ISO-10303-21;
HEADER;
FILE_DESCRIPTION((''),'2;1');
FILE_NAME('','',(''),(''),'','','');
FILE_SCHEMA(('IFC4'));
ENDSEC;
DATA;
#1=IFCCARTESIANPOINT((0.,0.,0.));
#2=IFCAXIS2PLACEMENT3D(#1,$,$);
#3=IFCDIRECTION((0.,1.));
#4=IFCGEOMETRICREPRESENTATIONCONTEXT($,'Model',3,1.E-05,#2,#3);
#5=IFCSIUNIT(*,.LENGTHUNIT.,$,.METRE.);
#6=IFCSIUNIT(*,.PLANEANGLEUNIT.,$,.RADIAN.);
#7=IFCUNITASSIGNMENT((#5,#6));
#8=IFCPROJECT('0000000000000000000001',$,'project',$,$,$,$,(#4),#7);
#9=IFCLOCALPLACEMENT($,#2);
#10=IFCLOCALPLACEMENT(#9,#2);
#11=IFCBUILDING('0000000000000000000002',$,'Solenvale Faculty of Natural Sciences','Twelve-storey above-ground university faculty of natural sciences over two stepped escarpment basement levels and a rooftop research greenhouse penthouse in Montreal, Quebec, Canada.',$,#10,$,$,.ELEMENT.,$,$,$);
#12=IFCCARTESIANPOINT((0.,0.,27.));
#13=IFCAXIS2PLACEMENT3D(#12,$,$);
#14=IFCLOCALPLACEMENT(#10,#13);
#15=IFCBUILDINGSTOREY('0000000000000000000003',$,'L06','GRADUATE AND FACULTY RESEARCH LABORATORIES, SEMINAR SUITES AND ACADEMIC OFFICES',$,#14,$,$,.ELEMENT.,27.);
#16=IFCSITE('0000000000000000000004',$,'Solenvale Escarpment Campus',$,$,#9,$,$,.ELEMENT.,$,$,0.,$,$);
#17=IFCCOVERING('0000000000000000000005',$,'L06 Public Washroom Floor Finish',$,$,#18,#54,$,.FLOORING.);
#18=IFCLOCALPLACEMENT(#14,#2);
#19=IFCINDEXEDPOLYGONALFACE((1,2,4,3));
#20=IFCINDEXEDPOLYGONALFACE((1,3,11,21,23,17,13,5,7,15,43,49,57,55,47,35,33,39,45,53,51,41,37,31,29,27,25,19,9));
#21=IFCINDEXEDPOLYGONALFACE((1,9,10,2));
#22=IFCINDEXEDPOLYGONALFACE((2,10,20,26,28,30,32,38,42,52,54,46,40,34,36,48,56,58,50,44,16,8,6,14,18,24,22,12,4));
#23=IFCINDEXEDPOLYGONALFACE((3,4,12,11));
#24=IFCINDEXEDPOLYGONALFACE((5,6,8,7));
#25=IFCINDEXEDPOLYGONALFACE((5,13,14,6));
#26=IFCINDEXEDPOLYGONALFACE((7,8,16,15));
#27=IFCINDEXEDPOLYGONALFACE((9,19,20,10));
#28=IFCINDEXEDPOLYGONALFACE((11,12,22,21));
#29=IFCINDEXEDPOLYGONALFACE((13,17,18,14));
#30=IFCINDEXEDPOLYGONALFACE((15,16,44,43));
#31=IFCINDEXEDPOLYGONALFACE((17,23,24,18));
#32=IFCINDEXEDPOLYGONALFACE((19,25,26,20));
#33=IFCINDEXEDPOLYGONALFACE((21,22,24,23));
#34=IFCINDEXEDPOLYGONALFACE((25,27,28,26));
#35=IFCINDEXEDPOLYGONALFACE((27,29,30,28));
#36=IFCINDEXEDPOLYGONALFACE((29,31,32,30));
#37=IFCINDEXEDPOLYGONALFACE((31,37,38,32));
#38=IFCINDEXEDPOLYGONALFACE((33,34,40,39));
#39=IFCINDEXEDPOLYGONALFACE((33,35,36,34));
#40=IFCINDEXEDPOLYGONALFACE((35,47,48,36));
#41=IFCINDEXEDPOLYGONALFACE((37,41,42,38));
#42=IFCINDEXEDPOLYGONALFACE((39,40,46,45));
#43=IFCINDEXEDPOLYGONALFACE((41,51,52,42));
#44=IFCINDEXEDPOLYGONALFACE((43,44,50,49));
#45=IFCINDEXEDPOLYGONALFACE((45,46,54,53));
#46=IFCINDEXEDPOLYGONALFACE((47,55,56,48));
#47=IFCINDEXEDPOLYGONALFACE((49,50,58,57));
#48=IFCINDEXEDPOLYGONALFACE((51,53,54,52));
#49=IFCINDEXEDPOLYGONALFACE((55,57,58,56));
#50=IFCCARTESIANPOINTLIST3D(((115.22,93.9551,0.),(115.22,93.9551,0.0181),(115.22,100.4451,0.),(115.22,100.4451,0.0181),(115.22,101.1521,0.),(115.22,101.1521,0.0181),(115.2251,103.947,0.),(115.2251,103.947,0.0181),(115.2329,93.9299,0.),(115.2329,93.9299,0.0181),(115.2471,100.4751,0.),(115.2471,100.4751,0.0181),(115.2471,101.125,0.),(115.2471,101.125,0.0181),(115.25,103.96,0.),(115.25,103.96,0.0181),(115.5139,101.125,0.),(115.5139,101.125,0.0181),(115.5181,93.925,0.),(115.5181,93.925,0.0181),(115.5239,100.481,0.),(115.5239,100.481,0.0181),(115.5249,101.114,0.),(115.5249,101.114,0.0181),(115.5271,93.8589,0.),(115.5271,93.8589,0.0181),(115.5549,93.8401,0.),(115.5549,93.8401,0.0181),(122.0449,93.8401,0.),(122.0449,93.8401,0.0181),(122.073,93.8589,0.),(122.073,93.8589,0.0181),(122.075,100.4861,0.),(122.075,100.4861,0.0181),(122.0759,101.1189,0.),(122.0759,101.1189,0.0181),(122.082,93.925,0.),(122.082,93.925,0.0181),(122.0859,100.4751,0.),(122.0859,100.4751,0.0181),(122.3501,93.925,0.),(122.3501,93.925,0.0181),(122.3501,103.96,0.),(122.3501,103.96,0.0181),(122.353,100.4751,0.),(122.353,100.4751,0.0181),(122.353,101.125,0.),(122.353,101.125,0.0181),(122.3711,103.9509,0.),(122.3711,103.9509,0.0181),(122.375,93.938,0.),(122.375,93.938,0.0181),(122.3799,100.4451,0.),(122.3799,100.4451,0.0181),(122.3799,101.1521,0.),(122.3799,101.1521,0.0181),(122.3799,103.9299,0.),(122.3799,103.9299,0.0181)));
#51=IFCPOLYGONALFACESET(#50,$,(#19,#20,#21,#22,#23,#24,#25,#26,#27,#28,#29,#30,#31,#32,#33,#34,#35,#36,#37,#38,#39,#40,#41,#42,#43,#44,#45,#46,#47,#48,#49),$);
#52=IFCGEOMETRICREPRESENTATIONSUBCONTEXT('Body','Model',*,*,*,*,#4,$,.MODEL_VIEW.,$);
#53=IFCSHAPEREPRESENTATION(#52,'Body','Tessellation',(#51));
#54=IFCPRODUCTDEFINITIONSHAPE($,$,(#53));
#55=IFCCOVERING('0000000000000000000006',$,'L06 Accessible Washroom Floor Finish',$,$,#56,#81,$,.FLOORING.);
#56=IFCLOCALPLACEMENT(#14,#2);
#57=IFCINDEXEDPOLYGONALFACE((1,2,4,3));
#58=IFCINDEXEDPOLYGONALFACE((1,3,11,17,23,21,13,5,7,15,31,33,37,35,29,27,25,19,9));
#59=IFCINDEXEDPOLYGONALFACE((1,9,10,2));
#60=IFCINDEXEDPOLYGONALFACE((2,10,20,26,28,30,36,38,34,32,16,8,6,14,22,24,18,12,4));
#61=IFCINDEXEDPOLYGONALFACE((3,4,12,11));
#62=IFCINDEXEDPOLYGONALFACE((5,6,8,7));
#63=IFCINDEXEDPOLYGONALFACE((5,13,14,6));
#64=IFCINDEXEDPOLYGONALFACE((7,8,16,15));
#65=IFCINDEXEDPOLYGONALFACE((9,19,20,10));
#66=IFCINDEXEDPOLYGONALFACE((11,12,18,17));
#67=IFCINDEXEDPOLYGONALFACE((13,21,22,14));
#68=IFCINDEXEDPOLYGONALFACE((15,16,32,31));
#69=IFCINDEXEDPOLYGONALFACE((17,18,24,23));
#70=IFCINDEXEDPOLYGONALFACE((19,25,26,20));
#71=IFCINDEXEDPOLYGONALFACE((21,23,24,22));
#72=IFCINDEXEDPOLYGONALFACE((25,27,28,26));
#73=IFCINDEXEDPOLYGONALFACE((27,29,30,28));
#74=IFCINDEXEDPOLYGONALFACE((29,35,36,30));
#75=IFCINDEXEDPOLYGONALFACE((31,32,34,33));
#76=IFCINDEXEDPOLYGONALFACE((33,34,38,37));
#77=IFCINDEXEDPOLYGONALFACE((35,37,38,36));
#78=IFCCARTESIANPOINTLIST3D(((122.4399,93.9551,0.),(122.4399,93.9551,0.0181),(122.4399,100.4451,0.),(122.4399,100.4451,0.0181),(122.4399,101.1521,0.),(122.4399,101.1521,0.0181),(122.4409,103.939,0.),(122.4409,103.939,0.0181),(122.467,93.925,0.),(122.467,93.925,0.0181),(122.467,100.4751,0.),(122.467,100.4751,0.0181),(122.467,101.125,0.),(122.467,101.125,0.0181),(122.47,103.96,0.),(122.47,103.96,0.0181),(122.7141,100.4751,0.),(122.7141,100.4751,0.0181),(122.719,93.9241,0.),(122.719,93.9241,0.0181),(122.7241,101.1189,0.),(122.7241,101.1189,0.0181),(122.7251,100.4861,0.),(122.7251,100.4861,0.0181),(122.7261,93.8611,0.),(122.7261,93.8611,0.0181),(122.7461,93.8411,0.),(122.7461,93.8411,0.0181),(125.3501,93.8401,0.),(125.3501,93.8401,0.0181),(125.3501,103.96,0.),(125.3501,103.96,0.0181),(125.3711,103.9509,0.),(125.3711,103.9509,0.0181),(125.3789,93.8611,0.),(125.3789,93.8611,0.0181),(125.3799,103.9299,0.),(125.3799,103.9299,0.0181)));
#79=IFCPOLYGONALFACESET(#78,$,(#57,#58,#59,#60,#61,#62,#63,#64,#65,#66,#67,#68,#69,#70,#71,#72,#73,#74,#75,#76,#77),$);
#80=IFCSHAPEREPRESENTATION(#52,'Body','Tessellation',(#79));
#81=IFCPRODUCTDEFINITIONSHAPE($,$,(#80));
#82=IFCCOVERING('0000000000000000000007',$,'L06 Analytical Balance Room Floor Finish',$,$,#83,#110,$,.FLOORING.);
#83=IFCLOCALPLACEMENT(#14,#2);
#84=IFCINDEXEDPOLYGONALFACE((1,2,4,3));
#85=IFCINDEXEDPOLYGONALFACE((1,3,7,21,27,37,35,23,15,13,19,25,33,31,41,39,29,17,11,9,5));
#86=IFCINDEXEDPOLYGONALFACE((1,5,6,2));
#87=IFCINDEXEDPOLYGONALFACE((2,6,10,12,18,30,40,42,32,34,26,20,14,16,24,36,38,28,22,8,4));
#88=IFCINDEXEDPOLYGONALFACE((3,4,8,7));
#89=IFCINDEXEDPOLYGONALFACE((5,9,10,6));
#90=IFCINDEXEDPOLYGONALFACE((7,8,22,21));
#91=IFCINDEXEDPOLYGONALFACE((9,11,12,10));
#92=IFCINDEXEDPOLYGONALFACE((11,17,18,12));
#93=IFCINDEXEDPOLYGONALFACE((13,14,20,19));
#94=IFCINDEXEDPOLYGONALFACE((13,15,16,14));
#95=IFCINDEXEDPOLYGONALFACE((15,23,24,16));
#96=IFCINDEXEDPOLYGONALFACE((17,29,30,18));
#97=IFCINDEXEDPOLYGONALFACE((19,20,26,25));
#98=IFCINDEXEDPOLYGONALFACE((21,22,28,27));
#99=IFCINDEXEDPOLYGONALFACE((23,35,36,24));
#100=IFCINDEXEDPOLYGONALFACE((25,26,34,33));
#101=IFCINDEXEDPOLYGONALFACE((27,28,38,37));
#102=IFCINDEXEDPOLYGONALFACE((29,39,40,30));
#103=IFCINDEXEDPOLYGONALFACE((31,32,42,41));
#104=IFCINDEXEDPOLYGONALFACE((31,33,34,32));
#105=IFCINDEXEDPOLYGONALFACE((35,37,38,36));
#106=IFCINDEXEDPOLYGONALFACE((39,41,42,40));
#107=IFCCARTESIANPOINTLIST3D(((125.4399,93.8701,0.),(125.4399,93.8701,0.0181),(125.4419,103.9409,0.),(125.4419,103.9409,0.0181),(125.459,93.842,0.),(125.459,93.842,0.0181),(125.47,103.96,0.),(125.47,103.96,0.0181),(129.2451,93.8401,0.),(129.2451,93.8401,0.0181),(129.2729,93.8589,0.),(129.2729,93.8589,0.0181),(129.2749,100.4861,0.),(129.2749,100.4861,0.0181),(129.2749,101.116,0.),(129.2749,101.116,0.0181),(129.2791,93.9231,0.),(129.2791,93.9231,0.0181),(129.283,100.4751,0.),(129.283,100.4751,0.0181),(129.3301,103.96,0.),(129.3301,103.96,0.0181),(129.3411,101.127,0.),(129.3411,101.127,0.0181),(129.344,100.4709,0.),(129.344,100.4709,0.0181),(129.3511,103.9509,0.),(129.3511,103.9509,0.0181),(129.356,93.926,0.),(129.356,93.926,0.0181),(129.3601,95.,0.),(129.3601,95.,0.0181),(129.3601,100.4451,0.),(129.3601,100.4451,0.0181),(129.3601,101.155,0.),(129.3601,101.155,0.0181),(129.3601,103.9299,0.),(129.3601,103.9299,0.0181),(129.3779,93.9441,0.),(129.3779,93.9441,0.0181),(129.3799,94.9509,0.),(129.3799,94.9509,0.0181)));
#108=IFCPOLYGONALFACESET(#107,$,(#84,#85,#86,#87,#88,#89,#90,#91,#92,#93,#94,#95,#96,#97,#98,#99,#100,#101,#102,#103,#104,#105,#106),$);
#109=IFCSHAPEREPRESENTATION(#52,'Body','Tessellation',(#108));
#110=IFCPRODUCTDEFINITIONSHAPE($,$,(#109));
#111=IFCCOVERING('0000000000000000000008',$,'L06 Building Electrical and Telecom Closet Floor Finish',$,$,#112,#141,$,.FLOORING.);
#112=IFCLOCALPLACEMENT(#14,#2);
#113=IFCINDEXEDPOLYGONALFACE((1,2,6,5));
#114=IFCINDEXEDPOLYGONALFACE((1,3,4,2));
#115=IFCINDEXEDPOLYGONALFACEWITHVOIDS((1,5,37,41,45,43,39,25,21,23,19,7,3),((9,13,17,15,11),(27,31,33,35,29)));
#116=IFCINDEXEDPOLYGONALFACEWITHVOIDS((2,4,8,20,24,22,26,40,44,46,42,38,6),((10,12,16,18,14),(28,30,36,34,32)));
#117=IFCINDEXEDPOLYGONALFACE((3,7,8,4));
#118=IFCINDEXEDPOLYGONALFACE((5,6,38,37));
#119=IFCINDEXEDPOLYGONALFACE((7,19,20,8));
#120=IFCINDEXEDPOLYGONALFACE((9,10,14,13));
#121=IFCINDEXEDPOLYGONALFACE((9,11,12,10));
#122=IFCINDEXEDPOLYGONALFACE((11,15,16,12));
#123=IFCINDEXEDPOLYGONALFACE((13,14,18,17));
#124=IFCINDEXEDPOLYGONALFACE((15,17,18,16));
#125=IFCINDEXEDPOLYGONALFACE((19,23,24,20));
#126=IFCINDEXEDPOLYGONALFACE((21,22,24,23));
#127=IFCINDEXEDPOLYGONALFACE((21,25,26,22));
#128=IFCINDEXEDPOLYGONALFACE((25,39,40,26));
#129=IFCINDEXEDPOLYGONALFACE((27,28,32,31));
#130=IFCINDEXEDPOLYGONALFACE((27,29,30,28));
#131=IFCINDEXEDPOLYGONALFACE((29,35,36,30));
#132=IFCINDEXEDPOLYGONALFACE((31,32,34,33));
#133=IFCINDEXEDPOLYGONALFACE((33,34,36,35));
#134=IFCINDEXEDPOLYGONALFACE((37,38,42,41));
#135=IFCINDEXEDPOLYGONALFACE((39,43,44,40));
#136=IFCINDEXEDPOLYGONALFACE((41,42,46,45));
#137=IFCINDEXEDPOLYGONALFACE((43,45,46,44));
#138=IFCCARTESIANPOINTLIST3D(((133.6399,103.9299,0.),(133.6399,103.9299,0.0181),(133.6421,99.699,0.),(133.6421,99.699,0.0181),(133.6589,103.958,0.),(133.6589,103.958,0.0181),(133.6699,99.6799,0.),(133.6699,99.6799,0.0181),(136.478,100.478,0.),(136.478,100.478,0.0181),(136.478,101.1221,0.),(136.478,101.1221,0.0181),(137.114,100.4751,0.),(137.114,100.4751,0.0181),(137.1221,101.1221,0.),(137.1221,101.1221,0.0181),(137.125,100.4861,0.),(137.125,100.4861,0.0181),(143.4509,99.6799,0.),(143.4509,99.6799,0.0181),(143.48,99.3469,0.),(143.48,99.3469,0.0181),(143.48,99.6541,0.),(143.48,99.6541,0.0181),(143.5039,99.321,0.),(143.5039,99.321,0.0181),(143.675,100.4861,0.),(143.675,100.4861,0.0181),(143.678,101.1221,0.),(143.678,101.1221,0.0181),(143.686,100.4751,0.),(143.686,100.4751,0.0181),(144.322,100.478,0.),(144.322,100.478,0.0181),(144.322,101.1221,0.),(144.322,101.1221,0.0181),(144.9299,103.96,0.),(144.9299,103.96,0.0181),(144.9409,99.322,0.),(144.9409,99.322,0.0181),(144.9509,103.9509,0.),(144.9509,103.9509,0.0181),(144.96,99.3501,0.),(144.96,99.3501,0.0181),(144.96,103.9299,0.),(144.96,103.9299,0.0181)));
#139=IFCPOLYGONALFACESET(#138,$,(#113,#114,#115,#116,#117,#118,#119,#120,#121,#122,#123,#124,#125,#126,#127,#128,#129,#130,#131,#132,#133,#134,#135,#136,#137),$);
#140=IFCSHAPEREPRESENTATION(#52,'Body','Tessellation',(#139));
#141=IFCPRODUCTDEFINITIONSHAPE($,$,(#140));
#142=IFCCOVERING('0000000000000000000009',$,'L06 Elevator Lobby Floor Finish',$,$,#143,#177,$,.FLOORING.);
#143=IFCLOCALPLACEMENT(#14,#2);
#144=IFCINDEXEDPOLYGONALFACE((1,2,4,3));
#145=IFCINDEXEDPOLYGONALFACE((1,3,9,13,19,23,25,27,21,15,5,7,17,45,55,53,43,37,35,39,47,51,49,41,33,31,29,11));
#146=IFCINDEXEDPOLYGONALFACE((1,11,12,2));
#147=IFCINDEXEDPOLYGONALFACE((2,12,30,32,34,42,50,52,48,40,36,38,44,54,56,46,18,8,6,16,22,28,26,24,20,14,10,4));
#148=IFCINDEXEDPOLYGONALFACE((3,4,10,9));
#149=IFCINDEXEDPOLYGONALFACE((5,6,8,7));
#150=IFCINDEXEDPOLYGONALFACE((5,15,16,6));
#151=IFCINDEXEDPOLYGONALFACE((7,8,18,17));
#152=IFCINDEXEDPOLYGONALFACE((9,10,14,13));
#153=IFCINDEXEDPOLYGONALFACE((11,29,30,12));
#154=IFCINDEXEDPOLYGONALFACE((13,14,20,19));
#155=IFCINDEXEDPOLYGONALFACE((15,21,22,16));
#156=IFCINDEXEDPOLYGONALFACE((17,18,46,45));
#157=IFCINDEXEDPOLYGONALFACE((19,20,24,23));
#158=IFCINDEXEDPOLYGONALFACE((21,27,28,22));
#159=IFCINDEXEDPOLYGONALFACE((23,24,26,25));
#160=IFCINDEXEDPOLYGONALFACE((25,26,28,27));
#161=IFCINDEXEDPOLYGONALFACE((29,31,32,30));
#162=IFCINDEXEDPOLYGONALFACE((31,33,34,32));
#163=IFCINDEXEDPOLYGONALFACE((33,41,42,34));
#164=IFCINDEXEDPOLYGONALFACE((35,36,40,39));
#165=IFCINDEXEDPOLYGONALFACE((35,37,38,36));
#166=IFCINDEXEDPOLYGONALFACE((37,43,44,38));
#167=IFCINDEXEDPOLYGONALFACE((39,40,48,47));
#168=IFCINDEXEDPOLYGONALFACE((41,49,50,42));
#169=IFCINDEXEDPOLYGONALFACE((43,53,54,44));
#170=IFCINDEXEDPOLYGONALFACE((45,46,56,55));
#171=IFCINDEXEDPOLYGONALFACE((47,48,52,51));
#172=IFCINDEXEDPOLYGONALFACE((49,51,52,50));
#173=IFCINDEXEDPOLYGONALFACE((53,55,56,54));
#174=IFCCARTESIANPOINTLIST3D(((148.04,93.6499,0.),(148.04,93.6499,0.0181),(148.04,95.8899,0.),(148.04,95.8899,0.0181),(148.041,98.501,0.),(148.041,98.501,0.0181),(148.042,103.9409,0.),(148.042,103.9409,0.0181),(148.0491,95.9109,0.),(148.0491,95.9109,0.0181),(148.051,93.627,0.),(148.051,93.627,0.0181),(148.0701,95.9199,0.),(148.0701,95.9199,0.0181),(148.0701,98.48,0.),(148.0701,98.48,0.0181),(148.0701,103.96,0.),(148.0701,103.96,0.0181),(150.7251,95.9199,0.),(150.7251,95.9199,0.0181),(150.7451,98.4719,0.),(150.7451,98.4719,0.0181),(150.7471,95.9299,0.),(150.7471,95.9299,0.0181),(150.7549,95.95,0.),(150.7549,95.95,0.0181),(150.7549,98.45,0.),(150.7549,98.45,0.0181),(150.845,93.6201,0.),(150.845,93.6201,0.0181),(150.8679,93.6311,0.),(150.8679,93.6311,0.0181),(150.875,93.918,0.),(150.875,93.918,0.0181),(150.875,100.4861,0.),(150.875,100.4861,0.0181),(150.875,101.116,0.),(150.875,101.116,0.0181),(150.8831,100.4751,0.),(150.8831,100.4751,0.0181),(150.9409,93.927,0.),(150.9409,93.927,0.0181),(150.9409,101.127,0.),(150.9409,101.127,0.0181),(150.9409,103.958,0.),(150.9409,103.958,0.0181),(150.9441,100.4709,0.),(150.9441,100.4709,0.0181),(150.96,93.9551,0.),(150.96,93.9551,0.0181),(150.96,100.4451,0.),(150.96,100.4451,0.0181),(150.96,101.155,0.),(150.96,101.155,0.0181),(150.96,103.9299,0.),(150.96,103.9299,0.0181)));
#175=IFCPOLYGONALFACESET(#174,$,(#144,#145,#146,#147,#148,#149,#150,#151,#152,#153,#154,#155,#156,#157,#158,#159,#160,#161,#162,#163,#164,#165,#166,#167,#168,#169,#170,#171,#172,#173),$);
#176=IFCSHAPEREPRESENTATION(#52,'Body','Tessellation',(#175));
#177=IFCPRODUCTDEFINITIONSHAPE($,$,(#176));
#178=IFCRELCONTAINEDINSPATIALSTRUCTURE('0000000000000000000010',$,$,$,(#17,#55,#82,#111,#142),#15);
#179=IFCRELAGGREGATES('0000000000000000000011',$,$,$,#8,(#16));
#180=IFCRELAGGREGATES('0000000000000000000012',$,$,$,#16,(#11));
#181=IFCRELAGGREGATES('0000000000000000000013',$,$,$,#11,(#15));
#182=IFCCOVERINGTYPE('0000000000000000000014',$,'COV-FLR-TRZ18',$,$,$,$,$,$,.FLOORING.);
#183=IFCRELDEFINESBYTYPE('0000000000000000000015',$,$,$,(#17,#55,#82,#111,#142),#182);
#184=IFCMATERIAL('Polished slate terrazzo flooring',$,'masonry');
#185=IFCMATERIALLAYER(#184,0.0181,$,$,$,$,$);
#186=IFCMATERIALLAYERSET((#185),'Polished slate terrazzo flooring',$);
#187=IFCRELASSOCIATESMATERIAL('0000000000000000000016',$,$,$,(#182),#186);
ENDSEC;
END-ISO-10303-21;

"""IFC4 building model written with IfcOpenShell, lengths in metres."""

from ifc_helpers import new_model, si_unit, direction, frame, origin, place, context, subcontext, project, spatial, polyline, outline, extrude, material, layer, layer_set, type_object, element, save


model = new_model("IFC4")

# Units and contexts
model_context = context("Model", 3, precision=1e-05, world=origin(), true_north=direction((0.0, 1.0)))
body_context = subcontext(model_context, "Body", "Model", "MODEL_VIEW")
ifc_project = project(units=[si_unit("LENGTHUNIT", "METRE"), si_unit("PLANEANGLEUNIT", "RADIAN")], contexts=[model_context])

# Site, building, storey
site_placement = place(None, origin())
site = spatial("IfcSite", under=ifc_project, at=site_placement, Name="Solenvale Escarpment Campus", CompositionType="ELEMENT", RefElevation=0.0)
building_placement = place(site_placement, origin())
building = spatial("IfcBuilding", under=site, at=building_placement, Name="Solenvale Faculty of Natural Sciences", Description="Twelve-storey above-ground university faculty of natural sciences over two stepped escarpment basement levels and a rooftop research greenhouse penthouse in Montreal, Quebec, Canada.", CompositionType="ELEMENT")
storey_placement = place(building_placement, frame((0.0, 0.0, 27.0)))
storey = spatial("IfcBuildingStorey", under=building, at=storey_placement, Name="L06", Description="GRADUATE AND FACULTY RESEARCH LABORATORIES, SEMINAR SUITES AND ACADEMIC OFFICES", CompositionType="ELEMENT", Elevation=27.0)

# Coverings
ifc_material_1 = material(Name="Polished slate terrazzo flooring", Category="masonry")
ifc_layer_1 = layer(ifc_material_1, 0.0181)
ifc_layer_set_1 = layer_set([ifc_layer_1], Name="Polished slate terrazzo flooring")
covering_type_1 = type_object("IfcCoveringType", Name="COV-FLR-TRZ18", PredefinedType="FLOORING", material=ifc_layer_set_1)
covering_1_placement = place(storey_placement, origin())
element("IfcCovering", 1, at=covering_1_placement, inside=storey, type_object=covering_type_1, Name="L06 Public Washroom Floor Finish", PredefinedType="FLOORING", context=body_context, shape_type="SweptSolid", body=[
    extrude(outline(polyline([(122.3501, 103.96), (122.3711, 103.9509), (122.3799, 103.9299), (122.3799, 101.1521), (122.353, 101.125), (122.0759, 101.1189), (122.075, 100.4861), (122.0859, 100.4751), (122.353, 100.4751), (122.3799, 100.4451), (122.375, 93.938), (122.3501, 93.925), (122.082, 93.925), (122.073, 93.8589), (122.0449, 93.8401), (115.5549, 93.8401), (115.5271, 93.8589), (115.5181, 93.925), (115.2329, 93.9299), (115.22, 93.9551), (115.22, 100.4451), (115.2471, 100.4751), (115.5239, 100.481), (115.5249, 101.114), (115.5139, 101.125), (115.2471, 101.125), (115.22, 101.1521), (115.2251, 103.947), (115.25, 103.96), (122.3501, 103.96)])), origin(), (0.0, 0.0, 1.0), 0.0181),
])
covering_2_placement = place(storey_placement, origin())
element("IfcCovering", 2, at=covering_2_placement, inside=storey, type_object=covering_type_1, Name="L06 Accessible Washroom Floor Finish", PredefinedType="FLOORING", context=body_context, shape_type="SweptSolid", body=[
    extrude(outline(polyline([(125.3501, 103.96), (125.3711, 103.9509), (125.3799, 103.9299), (125.3789, 93.8611), (125.3501, 93.8401), (122.7461, 93.8411), (122.7261, 93.8611), (122.719, 93.9241), (122.467, 93.925), (122.4399, 93.9551), (122.4399, 100.4451), (122.467, 100.4751), (122.7141, 100.4751), (122.7251, 100.4861), (122.7241, 101.1189), (122.467, 101.125), (122.4399, 101.1521), (122.4409, 103.939), (122.47, 103.96), (125.3501, 103.96)])), origin(), (0.0, 0.0, 1.0), 0.0181),
])
covering_3_placement = place(storey_placement, origin())
element("IfcCovering", 3, at=covering_3_placement, inside=storey, type_object=covering_type_1, Name="L06 Analytical Balance Room Floor Finish", PredefinedType="FLOORING", context=body_context, shape_type="SweptSolid", body=[
    extrude(outline(polyline([(129.3301, 103.96), (129.3511, 103.9509), (129.3601, 103.9299), (129.3601, 101.155), (129.3411, 101.127), (129.2749, 101.116), (129.2749, 100.4861), (129.283, 100.4751), (129.344, 100.4709), (129.3601, 100.4451), (129.3601, 95.0), (129.3799, 94.9509), (129.3779, 93.9441), (129.356, 93.926), (129.2791, 93.9231), (129.2729, 93.8589), (129.2451, 93.8401), (125.459, 93.842), (125.4399, 93.8701), (125.4419, 103.9409), (125.47, 103.96), (129.3301, 103.96)])), origin(), (0.0, 0.0, 1.0), 0.0181),
])
covering_4_placement = place(storey_placement, origin())
element("IfcCovering", 4, at=covering_4_placement, inside=storey, type_object=covering_type_1, Name="L06 Building Electrical and Telecom Closet Floor Finish", PredefinedType="FLOORING", context=body_context, shape_type="SweptSolid", body=[
    extrude(outline(polyline([(144.9299, 103.96), (144.9509, 103.9509), (144.96, 103.9299), (144.96, 99.3501), (144.9409, 99.322), (143.5039, 99.321), (143.48, 99.3469), (143.48, 99.6541), (143.4509, 99.6799), (133.6699, 99.6799), (133.6421, 99.699), (133.6399, 103.9299), (133.6589, 103.958), (144.9299, 103.96)]), holes=[polyline([(143.675, 100.4861), (143.686, 100.4751), (144.322, 100.478), (144.322, 101.1221), (143.678, 101.1221), (143.675, 100.4861)]), polyline([(137.114, 100.4751), (137.125, 100.4861), (137.1221, 101.1221), (136.478, 101.1221), (136.478, 100.478), (137.114, 100.4751)])]), origin(), (0.0, 0.0, 1.0), 0.0181),
])
covering_5_placement = place(storey_placement, origin())
element("IfcCovering", 5, at=covering_5_placement, inside=storey, type_object=covering_type_1, Name="L06 Elevator Lobby Floor Finish", PredefinedType="FLOORING", context=body_context, shape_type="SweptSolid", body=[
    extrude(outline(polyline([(148.04, 95.8899), (148.0491, 95.9109), (148.0701, 95.9199), (150.7251, 95.9199), (150.7471, 95.9299), (150.7549, 95.95), (150.7549, 98.45), (150.7451, 98.4719), (148.0701, 98.48), (148.041, 98.501), (148.042, 103.9409), (148.0701, 103.96), (150.9409, 103.958), (150.96, 103.9299), (150.96, 101.155), (150.9409, 101.127), (150.875, 101.116), (150.875, 100.4861), (150.8831, 100.4751), (150.9441, 100.4709), (150.96, 100.4451), (150.96, 93.9551), (150.9409, 93.927), (150.875, 93.918), (150.8679, 93.6311), (150.845, 93.6201), (148.051, 93.627), (148.04, 93.6499), (148.04, 95.8899)])), origin(), (0.0, 0.0, 1.0), 0.0181),
])

save(model, "model.ifc")
